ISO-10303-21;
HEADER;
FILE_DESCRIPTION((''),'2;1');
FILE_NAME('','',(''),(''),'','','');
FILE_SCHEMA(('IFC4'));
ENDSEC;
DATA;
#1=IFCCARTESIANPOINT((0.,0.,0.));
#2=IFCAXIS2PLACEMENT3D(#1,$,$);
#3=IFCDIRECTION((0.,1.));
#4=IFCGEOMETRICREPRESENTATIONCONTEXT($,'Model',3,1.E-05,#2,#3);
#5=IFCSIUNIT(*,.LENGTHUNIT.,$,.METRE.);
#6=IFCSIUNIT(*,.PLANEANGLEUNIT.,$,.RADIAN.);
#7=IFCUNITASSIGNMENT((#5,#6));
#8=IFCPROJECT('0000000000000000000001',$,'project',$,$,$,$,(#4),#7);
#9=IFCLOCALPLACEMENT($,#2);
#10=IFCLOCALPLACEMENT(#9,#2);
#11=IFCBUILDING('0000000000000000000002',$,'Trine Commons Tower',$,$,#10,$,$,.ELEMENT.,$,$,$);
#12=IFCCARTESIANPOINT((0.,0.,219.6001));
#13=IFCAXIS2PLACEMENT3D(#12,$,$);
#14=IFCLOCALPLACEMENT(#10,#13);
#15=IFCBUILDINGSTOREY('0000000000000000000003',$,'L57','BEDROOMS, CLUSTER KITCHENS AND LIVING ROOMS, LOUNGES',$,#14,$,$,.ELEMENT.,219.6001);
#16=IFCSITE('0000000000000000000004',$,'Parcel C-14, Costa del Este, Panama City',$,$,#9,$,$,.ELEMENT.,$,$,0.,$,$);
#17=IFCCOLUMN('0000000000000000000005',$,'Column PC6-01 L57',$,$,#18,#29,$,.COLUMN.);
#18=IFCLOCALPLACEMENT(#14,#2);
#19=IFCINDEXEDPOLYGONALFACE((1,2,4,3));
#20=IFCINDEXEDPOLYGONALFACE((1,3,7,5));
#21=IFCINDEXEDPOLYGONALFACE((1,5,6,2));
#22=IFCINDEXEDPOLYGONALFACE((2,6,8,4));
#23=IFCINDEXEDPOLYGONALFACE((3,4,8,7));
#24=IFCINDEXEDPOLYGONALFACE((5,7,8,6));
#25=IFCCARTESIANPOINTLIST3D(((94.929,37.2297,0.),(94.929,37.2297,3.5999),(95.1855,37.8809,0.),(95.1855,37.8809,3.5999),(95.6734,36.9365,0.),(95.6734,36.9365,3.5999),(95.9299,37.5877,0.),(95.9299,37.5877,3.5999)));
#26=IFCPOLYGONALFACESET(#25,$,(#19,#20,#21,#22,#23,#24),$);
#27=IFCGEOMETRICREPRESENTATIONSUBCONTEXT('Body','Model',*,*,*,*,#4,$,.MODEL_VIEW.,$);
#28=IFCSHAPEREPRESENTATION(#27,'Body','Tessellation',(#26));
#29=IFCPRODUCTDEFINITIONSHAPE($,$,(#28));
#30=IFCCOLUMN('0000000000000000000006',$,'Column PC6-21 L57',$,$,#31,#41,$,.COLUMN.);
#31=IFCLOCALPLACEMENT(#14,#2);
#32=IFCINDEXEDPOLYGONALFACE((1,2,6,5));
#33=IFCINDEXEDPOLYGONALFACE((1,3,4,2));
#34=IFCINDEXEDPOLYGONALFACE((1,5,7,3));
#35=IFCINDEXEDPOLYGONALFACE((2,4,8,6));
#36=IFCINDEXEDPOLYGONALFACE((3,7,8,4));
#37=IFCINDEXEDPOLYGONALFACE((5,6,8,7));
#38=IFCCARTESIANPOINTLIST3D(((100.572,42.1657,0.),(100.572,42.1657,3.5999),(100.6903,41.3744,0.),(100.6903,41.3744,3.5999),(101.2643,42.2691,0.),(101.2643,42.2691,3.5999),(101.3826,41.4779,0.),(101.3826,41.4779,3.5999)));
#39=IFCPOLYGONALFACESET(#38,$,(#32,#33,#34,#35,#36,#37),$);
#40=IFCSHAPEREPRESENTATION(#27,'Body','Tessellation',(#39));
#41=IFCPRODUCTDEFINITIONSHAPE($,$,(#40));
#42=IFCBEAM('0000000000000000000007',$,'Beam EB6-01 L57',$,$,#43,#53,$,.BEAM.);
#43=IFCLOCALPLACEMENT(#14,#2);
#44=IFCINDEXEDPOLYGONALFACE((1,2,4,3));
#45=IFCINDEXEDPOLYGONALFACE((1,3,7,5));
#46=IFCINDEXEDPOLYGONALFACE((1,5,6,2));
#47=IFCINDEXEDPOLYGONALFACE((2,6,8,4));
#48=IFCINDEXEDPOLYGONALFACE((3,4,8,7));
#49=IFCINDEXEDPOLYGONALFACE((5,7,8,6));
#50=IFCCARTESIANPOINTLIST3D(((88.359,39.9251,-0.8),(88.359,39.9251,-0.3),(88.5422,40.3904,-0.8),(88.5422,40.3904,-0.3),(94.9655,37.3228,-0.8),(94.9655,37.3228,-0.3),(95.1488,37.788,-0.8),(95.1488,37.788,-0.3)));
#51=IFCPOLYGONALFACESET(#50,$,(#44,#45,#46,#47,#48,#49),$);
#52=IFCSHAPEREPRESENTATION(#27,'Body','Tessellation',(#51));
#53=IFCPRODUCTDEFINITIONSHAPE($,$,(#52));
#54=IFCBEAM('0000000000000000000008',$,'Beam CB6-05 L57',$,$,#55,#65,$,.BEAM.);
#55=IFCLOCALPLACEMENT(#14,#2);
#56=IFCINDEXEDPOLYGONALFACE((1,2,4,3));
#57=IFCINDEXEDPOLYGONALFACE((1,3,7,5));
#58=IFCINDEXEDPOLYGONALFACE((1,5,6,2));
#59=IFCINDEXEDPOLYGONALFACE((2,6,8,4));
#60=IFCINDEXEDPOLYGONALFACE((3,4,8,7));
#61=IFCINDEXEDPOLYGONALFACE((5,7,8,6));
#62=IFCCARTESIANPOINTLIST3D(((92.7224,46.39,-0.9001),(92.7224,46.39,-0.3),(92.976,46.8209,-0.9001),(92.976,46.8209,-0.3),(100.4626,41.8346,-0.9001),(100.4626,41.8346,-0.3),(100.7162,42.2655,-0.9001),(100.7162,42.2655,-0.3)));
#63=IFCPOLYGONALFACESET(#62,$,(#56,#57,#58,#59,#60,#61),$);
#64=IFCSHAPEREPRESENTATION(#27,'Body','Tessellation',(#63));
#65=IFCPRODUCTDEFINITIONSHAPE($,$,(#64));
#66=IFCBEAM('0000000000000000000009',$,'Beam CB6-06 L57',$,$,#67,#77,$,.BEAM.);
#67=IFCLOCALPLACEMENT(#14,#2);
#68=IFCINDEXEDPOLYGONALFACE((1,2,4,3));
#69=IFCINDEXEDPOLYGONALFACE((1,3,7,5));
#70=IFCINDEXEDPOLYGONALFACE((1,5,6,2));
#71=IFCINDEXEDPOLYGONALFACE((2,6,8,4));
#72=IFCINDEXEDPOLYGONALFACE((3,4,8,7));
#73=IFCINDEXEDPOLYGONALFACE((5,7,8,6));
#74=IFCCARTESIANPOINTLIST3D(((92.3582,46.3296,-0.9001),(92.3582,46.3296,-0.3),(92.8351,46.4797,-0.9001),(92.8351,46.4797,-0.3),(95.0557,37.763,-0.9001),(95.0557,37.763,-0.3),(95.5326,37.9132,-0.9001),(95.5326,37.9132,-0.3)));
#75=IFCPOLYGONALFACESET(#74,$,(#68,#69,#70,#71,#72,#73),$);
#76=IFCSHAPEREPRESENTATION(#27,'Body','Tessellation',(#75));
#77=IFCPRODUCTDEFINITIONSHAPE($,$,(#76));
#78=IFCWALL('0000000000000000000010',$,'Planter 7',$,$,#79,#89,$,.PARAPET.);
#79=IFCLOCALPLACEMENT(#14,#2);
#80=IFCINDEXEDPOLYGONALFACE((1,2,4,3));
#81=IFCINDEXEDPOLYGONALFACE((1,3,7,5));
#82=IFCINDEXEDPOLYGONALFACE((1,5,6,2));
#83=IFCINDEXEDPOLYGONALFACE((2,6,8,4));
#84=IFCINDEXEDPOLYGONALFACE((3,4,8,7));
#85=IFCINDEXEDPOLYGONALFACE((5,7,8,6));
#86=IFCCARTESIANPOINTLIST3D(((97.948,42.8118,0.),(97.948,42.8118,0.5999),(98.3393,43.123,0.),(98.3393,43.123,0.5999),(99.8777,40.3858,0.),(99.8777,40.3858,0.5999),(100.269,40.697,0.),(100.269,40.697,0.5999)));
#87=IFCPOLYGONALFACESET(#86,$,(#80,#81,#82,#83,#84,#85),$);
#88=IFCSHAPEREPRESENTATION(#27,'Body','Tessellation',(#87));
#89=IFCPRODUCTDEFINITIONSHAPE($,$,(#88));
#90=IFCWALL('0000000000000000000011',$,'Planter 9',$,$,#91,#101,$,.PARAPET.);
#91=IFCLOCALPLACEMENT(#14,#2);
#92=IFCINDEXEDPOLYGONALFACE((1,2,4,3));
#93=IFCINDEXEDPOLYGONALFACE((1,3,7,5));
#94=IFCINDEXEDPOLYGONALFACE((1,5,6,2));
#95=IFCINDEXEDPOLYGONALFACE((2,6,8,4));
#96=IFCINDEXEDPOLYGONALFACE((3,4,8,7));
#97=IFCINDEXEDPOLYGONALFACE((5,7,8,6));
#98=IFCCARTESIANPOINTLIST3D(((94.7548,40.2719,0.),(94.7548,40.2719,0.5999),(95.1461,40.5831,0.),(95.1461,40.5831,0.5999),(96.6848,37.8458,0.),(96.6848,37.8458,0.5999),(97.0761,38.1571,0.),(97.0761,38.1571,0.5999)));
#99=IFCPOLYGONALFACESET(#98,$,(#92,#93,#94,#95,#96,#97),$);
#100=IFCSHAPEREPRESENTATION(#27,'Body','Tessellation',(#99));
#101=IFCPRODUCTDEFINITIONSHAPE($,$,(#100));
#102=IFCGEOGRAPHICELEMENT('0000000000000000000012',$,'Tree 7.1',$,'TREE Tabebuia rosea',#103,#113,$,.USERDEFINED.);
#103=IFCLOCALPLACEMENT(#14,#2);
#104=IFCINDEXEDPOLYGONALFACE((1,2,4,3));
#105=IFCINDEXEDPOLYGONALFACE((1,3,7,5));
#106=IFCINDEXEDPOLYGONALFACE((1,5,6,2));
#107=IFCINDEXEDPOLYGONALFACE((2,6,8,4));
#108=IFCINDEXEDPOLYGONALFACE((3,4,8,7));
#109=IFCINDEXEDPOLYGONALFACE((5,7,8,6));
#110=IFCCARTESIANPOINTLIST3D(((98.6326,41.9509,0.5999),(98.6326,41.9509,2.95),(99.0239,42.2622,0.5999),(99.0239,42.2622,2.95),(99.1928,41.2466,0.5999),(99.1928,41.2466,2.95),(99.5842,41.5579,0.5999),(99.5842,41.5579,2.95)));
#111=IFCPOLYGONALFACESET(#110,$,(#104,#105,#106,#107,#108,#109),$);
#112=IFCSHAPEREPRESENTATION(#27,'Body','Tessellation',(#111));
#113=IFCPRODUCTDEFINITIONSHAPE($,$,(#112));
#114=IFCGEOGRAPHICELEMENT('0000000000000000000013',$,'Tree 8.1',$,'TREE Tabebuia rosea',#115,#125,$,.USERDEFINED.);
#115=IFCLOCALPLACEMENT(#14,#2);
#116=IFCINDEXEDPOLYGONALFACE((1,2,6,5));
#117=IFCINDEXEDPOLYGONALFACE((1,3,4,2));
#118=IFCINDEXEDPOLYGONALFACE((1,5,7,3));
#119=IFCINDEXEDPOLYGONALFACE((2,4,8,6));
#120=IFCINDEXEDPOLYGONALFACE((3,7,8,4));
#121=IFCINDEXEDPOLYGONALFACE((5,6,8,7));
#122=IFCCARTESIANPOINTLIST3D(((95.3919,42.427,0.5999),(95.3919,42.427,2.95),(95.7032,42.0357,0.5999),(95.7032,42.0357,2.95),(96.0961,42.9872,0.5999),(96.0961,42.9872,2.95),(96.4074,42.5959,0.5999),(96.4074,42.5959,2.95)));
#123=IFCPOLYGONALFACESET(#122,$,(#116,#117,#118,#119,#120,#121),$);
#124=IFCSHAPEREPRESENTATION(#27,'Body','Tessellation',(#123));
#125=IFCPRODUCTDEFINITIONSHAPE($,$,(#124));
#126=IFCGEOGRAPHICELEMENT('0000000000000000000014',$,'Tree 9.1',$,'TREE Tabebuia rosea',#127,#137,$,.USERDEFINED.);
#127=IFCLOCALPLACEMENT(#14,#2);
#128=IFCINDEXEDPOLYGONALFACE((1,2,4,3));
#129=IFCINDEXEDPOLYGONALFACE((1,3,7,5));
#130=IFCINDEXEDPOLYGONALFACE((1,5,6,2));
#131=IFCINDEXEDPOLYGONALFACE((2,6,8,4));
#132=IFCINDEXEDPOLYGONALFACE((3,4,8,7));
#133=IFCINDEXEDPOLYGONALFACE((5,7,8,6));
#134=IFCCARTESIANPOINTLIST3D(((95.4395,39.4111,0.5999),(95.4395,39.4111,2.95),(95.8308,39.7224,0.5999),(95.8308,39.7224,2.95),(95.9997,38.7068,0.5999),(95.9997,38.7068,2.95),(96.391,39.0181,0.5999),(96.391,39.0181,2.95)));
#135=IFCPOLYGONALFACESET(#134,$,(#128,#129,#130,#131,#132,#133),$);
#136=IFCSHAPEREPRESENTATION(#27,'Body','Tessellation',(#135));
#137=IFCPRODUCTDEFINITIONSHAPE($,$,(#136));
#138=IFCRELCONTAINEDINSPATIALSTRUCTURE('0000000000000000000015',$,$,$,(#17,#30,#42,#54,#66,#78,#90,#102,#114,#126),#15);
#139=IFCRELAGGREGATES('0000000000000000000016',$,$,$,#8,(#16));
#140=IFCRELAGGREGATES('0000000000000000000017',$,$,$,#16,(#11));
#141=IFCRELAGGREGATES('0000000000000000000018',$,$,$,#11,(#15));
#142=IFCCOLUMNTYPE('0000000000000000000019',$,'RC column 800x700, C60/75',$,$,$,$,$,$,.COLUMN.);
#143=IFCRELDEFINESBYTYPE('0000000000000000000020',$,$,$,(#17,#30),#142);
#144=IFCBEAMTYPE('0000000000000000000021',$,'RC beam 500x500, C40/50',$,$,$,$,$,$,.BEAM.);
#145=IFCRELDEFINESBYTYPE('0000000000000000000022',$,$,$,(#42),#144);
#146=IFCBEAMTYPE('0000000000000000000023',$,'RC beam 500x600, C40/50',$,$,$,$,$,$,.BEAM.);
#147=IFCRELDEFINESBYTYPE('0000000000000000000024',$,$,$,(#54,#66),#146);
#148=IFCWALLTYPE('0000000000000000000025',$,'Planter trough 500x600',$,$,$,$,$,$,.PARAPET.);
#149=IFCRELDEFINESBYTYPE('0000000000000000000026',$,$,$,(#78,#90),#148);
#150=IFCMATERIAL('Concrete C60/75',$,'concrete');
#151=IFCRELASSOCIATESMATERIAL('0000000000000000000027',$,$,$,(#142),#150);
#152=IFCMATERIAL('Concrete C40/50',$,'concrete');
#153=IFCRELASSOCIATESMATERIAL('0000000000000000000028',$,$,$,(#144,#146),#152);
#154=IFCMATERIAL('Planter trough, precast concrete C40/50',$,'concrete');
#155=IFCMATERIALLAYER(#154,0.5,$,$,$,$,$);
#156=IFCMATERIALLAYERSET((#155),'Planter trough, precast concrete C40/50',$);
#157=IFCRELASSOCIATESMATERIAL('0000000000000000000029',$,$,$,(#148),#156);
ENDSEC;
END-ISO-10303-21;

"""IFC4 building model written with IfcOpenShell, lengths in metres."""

from ifc_helpers import new_model, si_unit, direction, frame, frame_2d, origin, origin_2d, place, context, subcontext, project, spatial, rectangle, extrude, material, layer, layer_set, material_profile, profile_set, type_object, element, save


model = new_model("IFC4")

# Units and contexts
model_context = context("Model", 3, precision=1e-05, world=origin(), true_north=direction((0.0, 1.0)))
body_context = subcontext(model_context, "Body", "Model", "MODEL_VIEW")
ifc_project = project(units=[si_unit("LENGTHUNIT", "METRE"), si_unit("PLANEANGLEUNIT", "RADIAN")], contexts=[model_context])

# Site, building, storey
site_placement = place(None, origin())
site = spatial("IfcSite", under=ifc_project, at=site_placement, Name="Parcel C-14, Costa del Este, Panama City", CompositionType="ELEMENT", RefElevation=0.0)
building_placement = place(site_placement, origin())
building = spatial("IfcBuilding", under=site, at=building_placement, Name="Trine Commons Tower", CompositionType="ELEMENT")
storey_placement = place(building_placement, frame((0.0, 0.0, 219.6001)))
storey = spatial("IfcBuildingStorey", under=building, at=storey_placement, Name="L57", Description="BEDROOMS, CLUSTER KITCHENS AND LIVING ROOMS, LOUNGES", CompositionType="ELEMENT", Elevation=219.6001)

# Columns
ifc_material_1 = material(Name="Concrete C60/75", Category="concrete")
ifc_material_profile_1 = material_profile(ifc_material_1, rectangle(XDim=0.8, YDim=0.7, at=origin_2d()), Name="RC 800x700")
ifc_profile_set_1 = profile_set([ifc_material_profile_1], Name="Concrete C60/75")
column_type = type_object("IfcColumnType", Name="RC column 800x700, C60/75", PredefinedType="COLUMN", material=ifc_profile_set_1)
for number, where, z_axis, x_axis, name in (
    (1, (95.4294, 37.4087, 0.0), (0.0, 0.0, 1.0), (-0.930418, 0.366501, 0.0), "Column PC6-01 L57"),
    (2, (100.9773, 41.8218, 0.0), (0.0, 0.0, 1.0), (-0.147809, 0.989016, 0.0), "Column PC6-21 L57"),
):
    element("IfcColumn", number, at=place(storey_placement, frame(where, z_axis=z_axis, x_axis=x_axis)), inside=storey, type_object=column_type, Name=name, PredefinedType="COLUMN", context=body_context, shape_type="SweptSolid", body=[
        extrude(rectangle(XDim=0.8, YDim=0.7, at=origin_2d()), origin(), (0.0, 0.0, 1.0), 3.5999),
    ])

# Beams
ifc_material_2 = material(Name="Concrete C40/50", Category="concrete")
ifc_material_profile_2 = material_profile(ifc_material_2, rectangle(XDim=0.5, YDim=0.5, at=origin_2d()), Name="RC 500x500")
ifc_profile_set_2 = profile_set([ifc_material_profile_2], Name="Concrete C40/50")
beam_type_1 = type_object("IfcBeamType", Name="RC beam 500x500, C40/50", PredefinedType="BEAM", material=ifc_profile_set_2)
beam_placement = place(storey_placement, frame((95.0571, 37.5554, -0.55), z_axis=(-0.93042, 0.366495, 0.0), x_axis=(-0.366495, -0.93042, 0.0)))
element("IfcBeam", 3, at=beam_placement, inside=storey, type_object=beam_type_1, Name="Beam EB6-01 L57", PredefinedType="BEAM", context=body_context, shape_type="SweptSolid", body=[
    extrude(rectangle(XDim=0.5, YDim=0.5, at=origin_2d()), origin(), (0.0, 0.0, 1.0), 7.1006),
])
ifc_material_profile_3 = material_profile(ifc_material_2, rectangle(XDim=0.5, YDim=0.6001, at=origin_2d()), Name="RC 500x600")
ifc_profile_set_3 = profile_set([ifc_material_profile_3], Name="Concrete C40/50")
beam_type_2 = type_object("IfcBeamType", Name="RC beam 500x600, C40/50", PredefinedType="BEAM", material=ifc_profile_set_3)
for number, where, z_axis, x_axis, name in (
    (4, (100.5894, 42.05, -0.6001), (-0.86182, 0.507214, 0.0), (-0.507214, -0.86182, 0.0), "Beam CB6-05 L57"),
    (5, (95.2942, 37.8381, -0.6001), (-0.300355, 0.953828, 0.0), (-0.953828, -0.300355, 0.0), "Beam CB6-06 L57"),
):
    element("IfcBeam", number, at=place(storey_placement, frame(where, z_axis=z_axis, x_axis=x_axis)), inside=storey, type_object=beam_type_2, Name=name, PredefinedType="BEAM", context=body_context, shape_type="SweptSolid", body=[
        extrude(rectangle(XDim=0.5, YDim=0.6001, at=origin_2d()), origin(), (0.0, 0.0, 1.0), 8.9812),
    ])

# Walls
ifc_material_3 = material(Name="Planter trough, precast concrete C40/50", Category="concrete")
ifc_layer_1 = layer(ifc_material_3, 0.5)
ifc_layer_set_1 = layer_set([ifc_layer_1], Name="Planter trough, precast concrete C40/50")
wall_type_1 = type_object("IfcWallType", Name="Planter trough 500x600", PredefinedType="PARAPET", material=ifc_layer_set_1)
wall_1_placement = place(storey_placement, frame((100.0732, 40.5415, 0.0), z_axis=(0.0, 0.0, 1.0), x_axis=(-0.622503, 0.782618, 0.0)))
element("IfcWall", 6, at=wall_1_placement, inside=storey, type_object=wall_type_1, Name="Planter 7", PredefinedType="PARAPET", context=body_context, shape_type="SweptSolid", body=[
    extrude(rectangle(XDim=3.0999, YDim=0.5, at=frame_2d((1.5498, 0.0))), origin(), (0.0, 0.0, 1.0), 0.5999),
])
wall_2_placement = place(storey_placement, frame((94.9504, 40.4275, 0.0), z_axis=(0.0, 0.0, 1.0), x_axis=(0.622551, -0.782579, 0.0)))
element("IfcWall", 7, at=wall_2_placement, inside=storey, type_object=wall_type_1, Name="Planter 9", PredefinedType="PARAPET", context=body_context, shape_type="SweptSolid", body=[
    extrude(rectangle(XDim=3.1001, YDim=0.5, at=frame_2d((1.55, 0.0))), origin(), (0.0, 0.0, 1.0), 0.5999),
])

# Geographic elements
for number, where, z_axis, x_axis, name in (
    (8, (99.1084, 41.7544, 0.5999), (0.0, 0.0, 1.0), (-0.622516, 0.782607, 0.0), "Tree 7.1"),
    (9, (95.8997, 42.5115, 0.5999), (0.0, 0.0, 1.0), (-0.782586, -0.622542, 0.0), "Tree 8.1"),
    (10, (95.9153, 39.2146, 0.5999), (0.0, 0.0, 1.0), (0.622516, -0.782607, 0.0), "Tree 9.1"),
):
    element("IfcGeographicElement", number, at=place(storey_placement, frame(where, z_axis=z_axis, x_axis=x_axis)), inside=storey, Name=name, ObjectType="TREE Tabebuia rosea", PredefinedType="USERDEFINED", context=body_context, shape_type="SweptSolid", body=[
        extrude(rectangle(XDim=0.8999, YDim=0.5, at=origin_2d()), origin(), (0.0, 0.0, 1.0), 2.3501),
    ])

save(model, "model.ifc")
